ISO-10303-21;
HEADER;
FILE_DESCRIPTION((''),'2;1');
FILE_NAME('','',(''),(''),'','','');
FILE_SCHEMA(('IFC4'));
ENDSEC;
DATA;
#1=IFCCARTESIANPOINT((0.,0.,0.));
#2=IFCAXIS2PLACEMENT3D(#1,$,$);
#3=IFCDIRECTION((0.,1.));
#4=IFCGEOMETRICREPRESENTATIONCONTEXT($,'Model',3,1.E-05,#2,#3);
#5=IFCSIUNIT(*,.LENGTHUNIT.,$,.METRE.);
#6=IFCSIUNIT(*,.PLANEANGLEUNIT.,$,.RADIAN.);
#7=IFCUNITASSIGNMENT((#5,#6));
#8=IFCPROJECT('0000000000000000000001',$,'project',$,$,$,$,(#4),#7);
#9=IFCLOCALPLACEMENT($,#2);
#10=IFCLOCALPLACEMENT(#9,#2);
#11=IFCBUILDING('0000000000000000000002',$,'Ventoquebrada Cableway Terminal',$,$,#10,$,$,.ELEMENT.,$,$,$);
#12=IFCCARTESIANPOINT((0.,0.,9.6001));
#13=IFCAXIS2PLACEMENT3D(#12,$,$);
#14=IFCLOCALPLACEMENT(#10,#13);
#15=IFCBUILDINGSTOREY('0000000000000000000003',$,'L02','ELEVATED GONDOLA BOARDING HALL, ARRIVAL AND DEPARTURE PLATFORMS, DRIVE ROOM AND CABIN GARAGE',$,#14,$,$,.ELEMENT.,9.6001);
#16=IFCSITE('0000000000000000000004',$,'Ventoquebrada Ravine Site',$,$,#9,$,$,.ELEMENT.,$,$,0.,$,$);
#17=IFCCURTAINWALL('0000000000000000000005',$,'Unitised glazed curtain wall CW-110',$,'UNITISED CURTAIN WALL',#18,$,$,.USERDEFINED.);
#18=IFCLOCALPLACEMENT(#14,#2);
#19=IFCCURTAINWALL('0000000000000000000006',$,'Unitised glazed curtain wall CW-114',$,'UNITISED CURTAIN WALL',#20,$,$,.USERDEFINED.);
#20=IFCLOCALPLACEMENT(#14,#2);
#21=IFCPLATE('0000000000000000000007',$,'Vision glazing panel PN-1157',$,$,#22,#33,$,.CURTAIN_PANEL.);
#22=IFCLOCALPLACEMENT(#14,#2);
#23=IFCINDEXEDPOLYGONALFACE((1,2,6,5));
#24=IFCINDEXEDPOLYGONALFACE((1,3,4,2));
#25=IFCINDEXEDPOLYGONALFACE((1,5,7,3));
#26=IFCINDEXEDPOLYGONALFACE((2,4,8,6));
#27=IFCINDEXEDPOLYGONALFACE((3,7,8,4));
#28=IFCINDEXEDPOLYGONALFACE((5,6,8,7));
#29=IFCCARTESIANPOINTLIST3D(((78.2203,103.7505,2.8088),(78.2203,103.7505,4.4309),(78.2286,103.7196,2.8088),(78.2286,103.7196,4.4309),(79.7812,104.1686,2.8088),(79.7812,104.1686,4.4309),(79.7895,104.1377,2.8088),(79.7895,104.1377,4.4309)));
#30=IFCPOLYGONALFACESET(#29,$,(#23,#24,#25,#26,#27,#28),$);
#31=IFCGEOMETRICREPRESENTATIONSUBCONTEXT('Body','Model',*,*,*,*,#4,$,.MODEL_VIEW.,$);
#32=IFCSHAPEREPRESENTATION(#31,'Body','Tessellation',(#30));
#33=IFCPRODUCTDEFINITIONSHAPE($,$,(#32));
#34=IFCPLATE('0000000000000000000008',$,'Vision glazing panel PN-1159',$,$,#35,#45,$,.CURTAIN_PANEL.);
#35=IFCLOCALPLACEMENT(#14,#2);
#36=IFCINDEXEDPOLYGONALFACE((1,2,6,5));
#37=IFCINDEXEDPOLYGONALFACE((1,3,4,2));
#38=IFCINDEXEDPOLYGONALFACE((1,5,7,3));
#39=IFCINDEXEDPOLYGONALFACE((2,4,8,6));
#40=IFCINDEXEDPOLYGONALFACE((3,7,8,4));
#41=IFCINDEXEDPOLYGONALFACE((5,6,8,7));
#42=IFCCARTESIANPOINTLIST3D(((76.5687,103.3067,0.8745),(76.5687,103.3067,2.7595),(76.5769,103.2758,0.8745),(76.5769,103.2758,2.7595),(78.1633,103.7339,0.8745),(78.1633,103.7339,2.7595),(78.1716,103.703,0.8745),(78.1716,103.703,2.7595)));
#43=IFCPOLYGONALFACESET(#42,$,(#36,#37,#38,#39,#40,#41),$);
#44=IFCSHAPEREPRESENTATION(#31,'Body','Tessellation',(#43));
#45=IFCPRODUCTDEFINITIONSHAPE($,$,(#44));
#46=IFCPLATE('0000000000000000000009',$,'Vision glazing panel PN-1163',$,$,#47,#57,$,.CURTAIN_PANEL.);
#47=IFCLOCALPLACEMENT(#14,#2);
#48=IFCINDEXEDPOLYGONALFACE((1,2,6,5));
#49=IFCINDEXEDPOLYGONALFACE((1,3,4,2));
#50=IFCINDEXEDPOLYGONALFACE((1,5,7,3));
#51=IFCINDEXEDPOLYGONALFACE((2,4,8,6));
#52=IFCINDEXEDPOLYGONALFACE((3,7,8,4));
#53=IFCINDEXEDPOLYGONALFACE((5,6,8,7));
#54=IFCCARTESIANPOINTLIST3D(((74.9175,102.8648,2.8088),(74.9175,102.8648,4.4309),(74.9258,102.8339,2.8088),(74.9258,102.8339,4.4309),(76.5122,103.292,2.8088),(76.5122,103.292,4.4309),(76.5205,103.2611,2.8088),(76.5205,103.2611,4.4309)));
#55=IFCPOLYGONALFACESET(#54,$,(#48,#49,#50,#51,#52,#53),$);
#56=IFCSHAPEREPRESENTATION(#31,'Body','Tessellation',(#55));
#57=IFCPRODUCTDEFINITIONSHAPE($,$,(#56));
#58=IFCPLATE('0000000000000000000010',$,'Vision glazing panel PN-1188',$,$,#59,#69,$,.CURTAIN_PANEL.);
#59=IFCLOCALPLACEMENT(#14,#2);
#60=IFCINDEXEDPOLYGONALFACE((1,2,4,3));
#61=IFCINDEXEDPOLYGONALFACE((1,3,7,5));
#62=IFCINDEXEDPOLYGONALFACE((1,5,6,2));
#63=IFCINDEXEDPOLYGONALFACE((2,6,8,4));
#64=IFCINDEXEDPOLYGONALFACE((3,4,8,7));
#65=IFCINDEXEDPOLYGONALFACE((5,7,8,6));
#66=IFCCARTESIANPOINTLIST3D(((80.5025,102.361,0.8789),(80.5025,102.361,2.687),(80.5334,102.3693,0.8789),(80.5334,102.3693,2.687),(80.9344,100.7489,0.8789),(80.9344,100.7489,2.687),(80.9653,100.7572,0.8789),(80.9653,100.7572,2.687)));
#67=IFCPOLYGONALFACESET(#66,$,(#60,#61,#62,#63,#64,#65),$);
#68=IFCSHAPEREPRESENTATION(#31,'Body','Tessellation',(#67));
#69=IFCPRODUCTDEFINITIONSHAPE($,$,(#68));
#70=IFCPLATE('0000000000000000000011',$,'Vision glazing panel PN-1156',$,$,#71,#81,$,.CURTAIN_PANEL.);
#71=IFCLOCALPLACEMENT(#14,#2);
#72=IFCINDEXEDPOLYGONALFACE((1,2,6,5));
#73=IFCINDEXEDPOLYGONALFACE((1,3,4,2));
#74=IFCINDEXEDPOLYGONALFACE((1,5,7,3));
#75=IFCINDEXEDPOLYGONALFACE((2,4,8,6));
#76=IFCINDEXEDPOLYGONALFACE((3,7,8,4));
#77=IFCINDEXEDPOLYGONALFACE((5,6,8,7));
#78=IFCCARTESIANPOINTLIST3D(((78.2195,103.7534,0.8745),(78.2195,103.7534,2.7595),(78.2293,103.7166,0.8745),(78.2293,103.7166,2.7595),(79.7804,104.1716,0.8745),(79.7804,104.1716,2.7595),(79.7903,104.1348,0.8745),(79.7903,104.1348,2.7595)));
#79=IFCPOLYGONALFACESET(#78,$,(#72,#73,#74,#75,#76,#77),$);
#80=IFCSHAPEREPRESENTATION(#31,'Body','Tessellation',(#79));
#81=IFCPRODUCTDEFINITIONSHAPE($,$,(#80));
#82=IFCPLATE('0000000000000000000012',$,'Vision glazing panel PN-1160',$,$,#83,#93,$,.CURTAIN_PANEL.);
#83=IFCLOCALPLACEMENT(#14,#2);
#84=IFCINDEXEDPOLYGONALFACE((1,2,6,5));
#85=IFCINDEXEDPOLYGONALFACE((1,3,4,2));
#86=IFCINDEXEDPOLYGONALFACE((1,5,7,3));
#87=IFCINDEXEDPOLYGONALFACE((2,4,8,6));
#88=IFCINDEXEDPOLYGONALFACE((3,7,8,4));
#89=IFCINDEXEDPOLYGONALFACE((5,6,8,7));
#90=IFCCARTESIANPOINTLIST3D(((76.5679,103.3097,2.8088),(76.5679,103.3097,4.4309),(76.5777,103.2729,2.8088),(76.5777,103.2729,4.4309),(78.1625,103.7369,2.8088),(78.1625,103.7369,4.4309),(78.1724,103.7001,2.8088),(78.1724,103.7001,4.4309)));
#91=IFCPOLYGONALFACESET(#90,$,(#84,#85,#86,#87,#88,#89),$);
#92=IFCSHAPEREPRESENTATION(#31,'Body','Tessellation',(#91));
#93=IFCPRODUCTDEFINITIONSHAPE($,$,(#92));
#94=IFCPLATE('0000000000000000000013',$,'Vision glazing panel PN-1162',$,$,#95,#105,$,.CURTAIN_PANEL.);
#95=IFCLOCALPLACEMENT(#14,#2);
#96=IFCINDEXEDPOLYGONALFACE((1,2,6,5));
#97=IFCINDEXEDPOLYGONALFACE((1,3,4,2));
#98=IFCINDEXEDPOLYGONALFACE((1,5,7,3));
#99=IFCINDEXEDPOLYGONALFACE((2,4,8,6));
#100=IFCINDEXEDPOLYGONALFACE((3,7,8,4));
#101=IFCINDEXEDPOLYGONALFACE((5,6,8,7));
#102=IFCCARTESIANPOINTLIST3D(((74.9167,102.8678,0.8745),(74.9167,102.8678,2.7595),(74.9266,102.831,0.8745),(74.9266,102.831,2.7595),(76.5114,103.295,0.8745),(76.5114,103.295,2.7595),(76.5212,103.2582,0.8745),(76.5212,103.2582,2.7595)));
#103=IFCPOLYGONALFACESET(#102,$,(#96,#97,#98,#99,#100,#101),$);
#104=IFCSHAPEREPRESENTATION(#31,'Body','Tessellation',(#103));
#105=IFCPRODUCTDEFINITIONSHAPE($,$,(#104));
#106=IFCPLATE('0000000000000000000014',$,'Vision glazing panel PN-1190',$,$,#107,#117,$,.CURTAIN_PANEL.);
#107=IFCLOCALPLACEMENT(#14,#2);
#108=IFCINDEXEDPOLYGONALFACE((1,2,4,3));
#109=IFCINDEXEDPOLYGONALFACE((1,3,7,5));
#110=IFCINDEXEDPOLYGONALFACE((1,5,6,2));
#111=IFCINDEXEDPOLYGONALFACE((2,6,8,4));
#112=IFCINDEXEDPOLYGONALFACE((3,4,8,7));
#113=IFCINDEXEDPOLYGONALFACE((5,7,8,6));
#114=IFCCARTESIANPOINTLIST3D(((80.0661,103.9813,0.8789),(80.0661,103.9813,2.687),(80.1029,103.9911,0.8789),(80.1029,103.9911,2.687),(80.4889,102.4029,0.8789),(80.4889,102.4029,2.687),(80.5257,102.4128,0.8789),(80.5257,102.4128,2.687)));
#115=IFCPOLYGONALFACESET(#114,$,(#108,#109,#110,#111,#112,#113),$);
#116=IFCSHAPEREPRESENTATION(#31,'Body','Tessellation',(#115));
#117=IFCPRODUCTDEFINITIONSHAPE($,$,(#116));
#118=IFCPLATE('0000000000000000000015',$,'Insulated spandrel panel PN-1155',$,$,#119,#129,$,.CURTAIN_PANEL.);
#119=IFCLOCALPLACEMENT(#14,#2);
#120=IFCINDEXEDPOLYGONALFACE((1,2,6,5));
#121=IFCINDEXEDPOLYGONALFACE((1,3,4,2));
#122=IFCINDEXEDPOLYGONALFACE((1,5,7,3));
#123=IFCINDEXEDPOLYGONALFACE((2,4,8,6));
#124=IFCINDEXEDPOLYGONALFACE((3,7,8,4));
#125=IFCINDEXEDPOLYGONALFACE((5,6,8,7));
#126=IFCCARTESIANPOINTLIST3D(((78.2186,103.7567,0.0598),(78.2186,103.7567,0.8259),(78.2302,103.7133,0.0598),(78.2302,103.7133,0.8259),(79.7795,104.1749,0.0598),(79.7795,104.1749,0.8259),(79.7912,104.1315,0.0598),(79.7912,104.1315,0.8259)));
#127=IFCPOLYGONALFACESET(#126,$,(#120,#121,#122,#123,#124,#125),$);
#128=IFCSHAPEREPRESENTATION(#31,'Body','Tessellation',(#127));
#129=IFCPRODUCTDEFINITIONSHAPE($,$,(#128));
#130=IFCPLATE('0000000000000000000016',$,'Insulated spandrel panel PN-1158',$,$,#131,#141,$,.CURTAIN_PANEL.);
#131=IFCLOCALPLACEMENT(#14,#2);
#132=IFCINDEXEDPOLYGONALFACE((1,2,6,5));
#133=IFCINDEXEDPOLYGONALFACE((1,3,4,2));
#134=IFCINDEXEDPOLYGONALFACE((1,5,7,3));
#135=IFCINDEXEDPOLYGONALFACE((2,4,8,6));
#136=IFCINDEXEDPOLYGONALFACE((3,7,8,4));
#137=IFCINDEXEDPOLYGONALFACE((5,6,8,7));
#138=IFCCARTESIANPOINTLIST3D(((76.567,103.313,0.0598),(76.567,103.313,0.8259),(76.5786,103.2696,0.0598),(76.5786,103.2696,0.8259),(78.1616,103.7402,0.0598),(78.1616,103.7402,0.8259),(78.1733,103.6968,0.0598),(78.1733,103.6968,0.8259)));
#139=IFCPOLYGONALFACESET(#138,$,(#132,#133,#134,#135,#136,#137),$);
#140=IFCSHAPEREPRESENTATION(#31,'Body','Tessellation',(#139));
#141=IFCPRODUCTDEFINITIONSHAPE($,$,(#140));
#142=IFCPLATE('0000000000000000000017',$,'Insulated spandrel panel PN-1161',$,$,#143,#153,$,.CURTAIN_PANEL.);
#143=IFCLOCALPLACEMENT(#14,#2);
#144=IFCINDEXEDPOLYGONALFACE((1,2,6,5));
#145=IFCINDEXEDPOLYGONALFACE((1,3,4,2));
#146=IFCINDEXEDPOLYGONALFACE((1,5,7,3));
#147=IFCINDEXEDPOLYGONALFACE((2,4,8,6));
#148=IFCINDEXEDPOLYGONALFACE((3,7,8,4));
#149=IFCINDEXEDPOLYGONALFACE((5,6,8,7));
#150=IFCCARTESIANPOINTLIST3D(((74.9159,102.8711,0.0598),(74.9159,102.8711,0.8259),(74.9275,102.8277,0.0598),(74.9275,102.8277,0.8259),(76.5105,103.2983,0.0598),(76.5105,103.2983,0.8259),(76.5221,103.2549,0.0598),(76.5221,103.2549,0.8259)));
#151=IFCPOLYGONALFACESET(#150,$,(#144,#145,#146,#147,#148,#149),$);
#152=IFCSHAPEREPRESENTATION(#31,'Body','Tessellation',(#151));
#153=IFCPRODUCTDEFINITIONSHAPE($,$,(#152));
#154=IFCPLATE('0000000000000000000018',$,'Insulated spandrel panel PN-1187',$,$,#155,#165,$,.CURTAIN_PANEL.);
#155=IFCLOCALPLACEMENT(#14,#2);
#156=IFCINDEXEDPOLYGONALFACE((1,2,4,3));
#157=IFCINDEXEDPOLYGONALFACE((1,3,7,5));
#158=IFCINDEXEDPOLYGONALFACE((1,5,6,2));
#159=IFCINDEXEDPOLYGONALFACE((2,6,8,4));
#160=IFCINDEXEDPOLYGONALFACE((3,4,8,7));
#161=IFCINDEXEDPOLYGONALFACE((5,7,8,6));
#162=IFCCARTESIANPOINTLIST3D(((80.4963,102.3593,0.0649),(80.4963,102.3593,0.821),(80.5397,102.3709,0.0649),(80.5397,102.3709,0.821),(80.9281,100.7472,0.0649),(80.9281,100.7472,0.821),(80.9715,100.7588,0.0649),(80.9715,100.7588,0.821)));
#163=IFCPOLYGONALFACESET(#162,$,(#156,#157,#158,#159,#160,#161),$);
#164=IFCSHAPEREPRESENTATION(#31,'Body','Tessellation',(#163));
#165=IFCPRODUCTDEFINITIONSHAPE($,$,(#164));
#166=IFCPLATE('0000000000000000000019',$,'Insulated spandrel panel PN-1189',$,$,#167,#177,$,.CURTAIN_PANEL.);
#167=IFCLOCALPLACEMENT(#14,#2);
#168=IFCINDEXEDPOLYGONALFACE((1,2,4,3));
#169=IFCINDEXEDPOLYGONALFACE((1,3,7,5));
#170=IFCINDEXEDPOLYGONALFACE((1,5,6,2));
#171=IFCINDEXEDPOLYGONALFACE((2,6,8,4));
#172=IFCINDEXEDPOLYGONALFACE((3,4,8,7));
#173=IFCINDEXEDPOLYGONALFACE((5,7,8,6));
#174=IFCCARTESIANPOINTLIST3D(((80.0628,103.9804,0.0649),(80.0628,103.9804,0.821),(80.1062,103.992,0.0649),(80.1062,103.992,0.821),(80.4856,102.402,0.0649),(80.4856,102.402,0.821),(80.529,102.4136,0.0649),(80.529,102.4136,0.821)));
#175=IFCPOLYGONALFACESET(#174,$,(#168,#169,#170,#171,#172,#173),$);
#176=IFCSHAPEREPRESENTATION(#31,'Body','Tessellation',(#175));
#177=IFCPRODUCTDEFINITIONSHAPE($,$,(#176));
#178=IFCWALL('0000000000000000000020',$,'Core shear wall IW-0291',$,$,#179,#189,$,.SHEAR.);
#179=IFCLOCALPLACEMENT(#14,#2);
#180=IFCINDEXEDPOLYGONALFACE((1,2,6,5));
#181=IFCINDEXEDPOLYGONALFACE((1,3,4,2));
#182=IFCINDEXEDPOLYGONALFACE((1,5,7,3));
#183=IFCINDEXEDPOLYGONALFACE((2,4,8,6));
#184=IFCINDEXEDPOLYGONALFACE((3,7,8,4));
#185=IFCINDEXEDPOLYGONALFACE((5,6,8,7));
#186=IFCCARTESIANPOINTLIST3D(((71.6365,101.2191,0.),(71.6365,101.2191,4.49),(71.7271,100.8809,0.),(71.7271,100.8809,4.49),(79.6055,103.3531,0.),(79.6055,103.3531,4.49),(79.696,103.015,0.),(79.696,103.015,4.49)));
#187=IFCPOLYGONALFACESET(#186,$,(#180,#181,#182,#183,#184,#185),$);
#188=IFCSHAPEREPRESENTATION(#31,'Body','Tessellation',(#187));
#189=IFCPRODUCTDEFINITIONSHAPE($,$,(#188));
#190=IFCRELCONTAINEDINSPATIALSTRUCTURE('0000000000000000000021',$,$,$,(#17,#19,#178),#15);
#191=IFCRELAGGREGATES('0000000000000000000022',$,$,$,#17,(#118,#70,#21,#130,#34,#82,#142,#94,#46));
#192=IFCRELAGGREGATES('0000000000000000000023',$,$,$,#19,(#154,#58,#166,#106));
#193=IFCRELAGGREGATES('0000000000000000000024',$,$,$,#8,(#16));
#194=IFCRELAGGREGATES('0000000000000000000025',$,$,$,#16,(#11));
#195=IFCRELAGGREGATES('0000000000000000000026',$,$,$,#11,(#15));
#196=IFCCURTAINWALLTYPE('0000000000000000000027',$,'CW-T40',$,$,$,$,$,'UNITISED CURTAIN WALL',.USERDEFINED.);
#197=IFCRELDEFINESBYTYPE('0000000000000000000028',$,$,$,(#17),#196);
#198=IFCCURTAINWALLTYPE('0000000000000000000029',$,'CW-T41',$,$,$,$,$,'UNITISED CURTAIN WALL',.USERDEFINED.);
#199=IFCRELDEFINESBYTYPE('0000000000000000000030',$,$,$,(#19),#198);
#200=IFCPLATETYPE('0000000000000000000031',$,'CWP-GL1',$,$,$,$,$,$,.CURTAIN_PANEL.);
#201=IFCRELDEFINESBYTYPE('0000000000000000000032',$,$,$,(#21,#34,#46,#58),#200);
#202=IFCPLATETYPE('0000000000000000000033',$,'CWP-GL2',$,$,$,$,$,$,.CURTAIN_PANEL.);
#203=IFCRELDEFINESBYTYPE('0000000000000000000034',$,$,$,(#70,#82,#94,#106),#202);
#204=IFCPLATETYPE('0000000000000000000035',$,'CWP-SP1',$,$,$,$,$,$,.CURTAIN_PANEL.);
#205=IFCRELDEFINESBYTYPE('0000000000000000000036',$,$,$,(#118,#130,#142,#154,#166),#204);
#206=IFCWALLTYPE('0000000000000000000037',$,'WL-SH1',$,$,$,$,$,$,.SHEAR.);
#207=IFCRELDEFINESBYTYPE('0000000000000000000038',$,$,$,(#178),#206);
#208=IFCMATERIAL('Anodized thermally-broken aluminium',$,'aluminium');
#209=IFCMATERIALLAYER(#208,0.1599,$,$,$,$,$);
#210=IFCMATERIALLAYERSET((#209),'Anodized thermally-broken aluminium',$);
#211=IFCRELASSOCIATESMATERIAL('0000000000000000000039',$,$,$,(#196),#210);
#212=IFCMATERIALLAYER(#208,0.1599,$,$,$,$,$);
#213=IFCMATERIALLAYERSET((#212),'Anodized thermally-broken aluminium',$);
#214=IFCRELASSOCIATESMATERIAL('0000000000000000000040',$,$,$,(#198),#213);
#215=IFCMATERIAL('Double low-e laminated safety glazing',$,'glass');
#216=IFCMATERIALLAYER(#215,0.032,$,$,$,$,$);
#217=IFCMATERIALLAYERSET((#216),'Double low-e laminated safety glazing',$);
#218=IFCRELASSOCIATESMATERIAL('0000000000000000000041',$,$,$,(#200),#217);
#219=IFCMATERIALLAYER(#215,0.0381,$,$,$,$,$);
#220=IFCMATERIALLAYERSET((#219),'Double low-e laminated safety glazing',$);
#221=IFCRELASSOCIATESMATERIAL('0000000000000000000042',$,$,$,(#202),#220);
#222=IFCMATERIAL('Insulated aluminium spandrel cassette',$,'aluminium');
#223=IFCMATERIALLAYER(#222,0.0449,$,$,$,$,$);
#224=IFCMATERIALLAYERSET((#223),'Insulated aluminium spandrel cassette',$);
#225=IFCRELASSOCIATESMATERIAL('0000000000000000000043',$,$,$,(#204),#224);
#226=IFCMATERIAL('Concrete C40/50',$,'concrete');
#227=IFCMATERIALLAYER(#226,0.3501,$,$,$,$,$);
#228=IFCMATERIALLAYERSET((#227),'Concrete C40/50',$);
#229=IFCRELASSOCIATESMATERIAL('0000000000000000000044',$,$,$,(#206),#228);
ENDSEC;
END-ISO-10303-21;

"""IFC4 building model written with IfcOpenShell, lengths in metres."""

from ifc_helpers import new_model, si_unit, direction, frame, frame_2d, origin, origin_2d, place, context, subcontext, project, spatial, rectangle, extrude, material, layer, layer_set, type_object, element, aggregate, save


model = new_model("IFC4")

# Units and contexts
model_context = context("Model", 3, precision=1e-05, world=origin(), true_north=direction((0.0, 1.0)))
body_context = subcontext(model_context, "Body", "Model", "MODEL_VIEW")
ifc_project = project(units=[si_unit("LENGTHUNIT", "METRE"), si_unit("PLANEANGLEUNIT", "RADIAN")], contexts=[model_context])

# Site, building, storey
site_placement = place(None, origin())
site = spatial("IfcSite", under=ifc_project, at=site_placement, Name="Ventoquebrada Ravine Site", CompositionType="ELEMENT", RefElevation=0.0)
building_placement = place(site_placement, origin())
building = spatial("IfcBuilding", under=site, at=building_placement, Name="Ventoquebrada Cableway Terminal", CompositionType="ELEMENT")
storey_placement = place(building_placement, frame((0.0, 0.0, 9.6001)))
storey = spatial("IfcBuildingStorey", under=building, at=storey_placement, Name="L02", Description="ELEVATED GONDOLA BOARDING HALL, ARRIVAL AND DEPARTURE PLATFORMS, DRIVE ROOM AND CABIN GARAGE", CompositionType="ELEMENT", Elevation=9.6001)

# Curtain walls
ifc_material_1 = material(Name="Anodized thermally-broken aluminium", Category="aluminium")
ifc_layer_1 = layer(ifc_material_1, 0.1599)
ifc_layer_set_1 = layer_set([ifc_layer_1], Name="Anodized thermally-broken aluminium")
curtain_wall_type_1 = type_object("IfcCurtainWallType", Name="CW-T40", ElementType="UNITISED CURTAIN WALL", PredefinedType="USERDEFINED", material=ifc_layer_set_1)
curtain_wall_1_placement = place(storey_placement, origin())
curtain_wall_1 = element("IfcCurtainWall", 1, at=curtain_wall_1_placement, inside=storey, type_object=curtain_wall_type_1, Name="Unitised glazed curtain wall CW-110", ObjectType="UNITISED CURTAIN WALL", PredefinedType="USERDEFINED")
ifc_layer_2 = layer(ifc_material_1, 0.1599)
ifc_layer_set_2 = layer_set([ifc_layer_2], Name="Anodized thermally-broken aluminium")
curtain_wall_type_2 = type_object("IfcCurtainWallType", Name="CW-T41", ElementType="UNITISED CURTAIN WALL", PredefinedType="USERDEFINED", material=ifc_layer_set_2)
curtain_wall_2_placement = place(storey_placement, origin())
curtain_wall_2 = element("IfcCurtainWall", 2, at=curtain_wall_2_placement, inside=storey, type_object=curtain_wall_type_2, Name="Unitised glazed curtain wall CW-114", ObjectType="UNITISED CURTAIN WALL", PredefinedType="USERDEFINED")

# Plates
ifc_material_2 = material(Name="Double low-e laminated safety glazing", Category="glass")
ifc_layer_3 = layer(ifc_material_2, 0.032)
ifc_layer_set_3 = layer_set([ifc_layer_3], Name="Double low-e laminated safety glazing")
plate_type_1 = type_object("IfcPlateType", Name="CWP-GL1", PredefinedType="CURTAIN_PANEL", material=ifc_layer_set_3)
plate_1_placement = place(storey_placement, frame((79.0049, 103.9441, 2.8088), z_axis=(0.0, 0.0, 1.0), x_axis=(-0.965939, -0.258768, 0.0)))
plate_1 = element("IfcPlate", 3, at=plate_1_placement, type_object=plate_type_1, Name="Vision glazing panel PN-1157", PredefinedType="CURTAIN_PANEL", context=body_context, shape_type="SweptSolid", body=[
    extrude(rectangle(XDim=1.616, YDim=0.032, at=origin_2d()), origin(), (0.0, 0.0, 1.0), 1.6221),
])
plate_2_placement = place(storey_placement, frame((77.3701, 103.5049, 0.8745), z_axis=(0.0, 0.0, 1.0), x_axis=(-0.965939, -0.258768, 0.0)))
plate_2 = element("IfcPlate", 4, at=plate_2_placement, type_object=plate_type_1, Name="Vision glazing panel PN-1159", PredefinedType="CURTAIN_PANEL", context=body_context, shape_type="SweptSolid", body=[
    extrude(rectangle(XDim=1.6509, YDim=0.032, at=origin_2d()), origin(), (0.0, 0.0, 1.0), 1.885),
])
plate_3_placement = place(storey_placement, frame((75.719, 103.063, 2.8088), z_axis=(0.0, 0.0, 1.0), x_axis=(-0.965939, -0.258768, 0.0)))
plate_3 = element("IfcPlate", 5, at=plate_3_placement, type_object=plate_type_1, Name="Vision glazing panel PN-1163", PredefinedType="CURTAIN_PANEL", context=body_context, shape_type="SweptSolid", body=[
    extrude(rectangle(XDim=1.6509, YDim=0.032, at=origin_2d()), origin(), (0.0, 0.0, 1.0), 1.6221),
])
plate_4_placement = place(storey_placement, frame((80.7339, 101.5591, 0.8789), z_axis=(0.0, 0.0, 1.0), x_axis=(-0.258752, 0.965944, 0.0)))
plate_4 = element("IfcPlate", 6, at=plate_4_placement, type_object=plate_type_1, Name="Vision glazing panel PN-1188", PredefinedType="CURTAIN_PANEL", context=body_context, shape_type="SweptSolid", body=[
    extrude(rectangle(XDim=1.6689, YDim=0.032, at=origin_2d()), origin(), (0.0, 0.0, 1.0), 1.8081),
])
ifc_layer_4 = layer(ifc_material_2, 0.0381)
ifc_layer_set_4 = layer_set([ifc_layer_4], Name="Double low-e laminated safety glazing")
plate_type_2 = type_object("IfcPlateType", Name="CWP-GL2", PredefinedType="CURTAIN_PANEL", material=ifc_layer_set_4)
plate_5_placement = place(storey_placement, frame((79.0049, 103.9441, 0.8745), z_axis=(0.0, 0.0, 1.0), x_axis=(-0.965939, -0.258768, 0.0)))
plate_5 = element("IfcPlate", 7, at=plate_5_placement, type_object=plate_type_2, Name="Vision glazing panel PN-1156", PredefinedType="CURTAIN_PANEL", context=body_context, shape_type="SweptSolid", body=[
    extrude(rectangle(XDim=1.616, YDim=0.0381, at=origin_2d()), origin(), (0.0, 0.0, 1.0), 1.885),
])
plate_6_placement = place(storey_placement, frame((77.3701, 103.5049, 2.8088), z_axis=(0.0, 0.0, 1.0), x_axis=(-0.965939, -0.258768, 0.0)))
plate_6 = element("IfcPlate", 8, at=plate_6_placement, type_object=plate_type_2, Name="Vision glazing panel PN-1160", PredefinedType="CURTAIN_PANEL", context=body_context, shape_type="SweptSolid", body=[
    extrude(rectangle(XDim=1.6509, YDim=0.0381, at=origin_2d()), origin(), (0.0, 0.0, 1.0), 1.6221),
])
plate_7_placement = place(storey_placement, frame((75.719, 103.063, 0.8745), z_axis=(0.0, 0.0, 1.0), x_axis=(-0.965939, -0.258768, 0.0)))
plate_7 = element("IfcPlate", 9, at=plate_7_placement, type_object=plate_type_2, Name="Vision glazing panel PN-1162", PredefinedType="CURTAIN_PANEL", context=body_context, shape_type="SweptSolid", body=[
    extrude(rectangle(XDim=1.6509, YDim=0.0381, at=origin_2d()), origin(), (0.0, 0.0, 1.0), 1.885),
])
plate_8_placement = place(storey_placement, frame((80.2959, 103.197, 0.8789), z_axis=(0.0, 0.0, 1.0), x_axis=(-0.258752, 0.965944, 0.0)))
plate_8 = element("IfcPlate", 10, at=plate_8_placement, type_object=plate_type_2, Name="Vision glazing panel PN-1190", PredefinedType="CURTAIN_PANEL", context=body_context, shape_type="SweptSolid", body=[
    extrude(rectangle(XDim=1.634, YDim=0.0381, at=origin_2d()), origin(), (0.0, 0.0, 1.0), 1.8081),
])
ifc_material_3 = material(Name="Insulated aluminium spandrel cassette", Category="aluminium")
ifc_layer_5 = layer(ifc_material_3, 0.0449)
ifc_layer_set_5 = layer_set([ifc_layer_5], Name="Insulated aluminium spandrel cassette")
plate_type_3 = type_object("IfcPlateType", Name="CWP-SP1", PredefinedType="CURTAIN_PANEL", material=ifc_layer_set_5)
plate_9_placement = place(storey_placement, frame((79.0049, 103.9441, 0.0598), z_axis=(0.0, 0.0, 1.0), x_axis=(-0.965939, -0.258768, 0.0)))
plate_9 = element("IfcPlate", 11, at=plate_9_placement, type_object=plate_type_3, Name="Insulated spandrel panel PN-1155", PredefinedType="CURTAIN_PANEL", context=body_context, shape_type="SweptSolid", body=[
    extrude(rectangle(XDim=1.616, YDim=0.0449, at=origin_2d()), origin(), (0.0, 0.0, 1.0), 0.7661),
])
plate_10_placement = place(storey_placement, frame((77.3701, 103.5049, 0.0598), z_axis=(0.0, 0.0, 1.0), x_axis=(-0.965939, -0.258768, 0.0)))
plate_10 = element("IfcPlate", 12, at=plate_10_placement, type_object=plate_type_3, Name="Insulated spandrel panel PN-1158", PredefinedType="CURTAIN_PANEL", context=body_context, shape_type="SweptSolid", body=[
    extrude(rectangle(XDim=1.6509, YDim=0.0449, at=origin_2d()), origin(), (0.0, 0.0, 1.0), 0.7661),
])
plate_11_placement = place(storey_placement, frame((75.719, 103.063, 0.0598), z_axis=(0.0, 0.0, 1.0), x_axis=(-0.965939, -0.258768, 0.0)))
plate_11 = element("IfcPlate", 13, at=plate_11_placement, type_object=plate_type_3, Name="Insulated spandrel panel PN-1161", PredefinedType="CURTAIN_PANEL", context=body_context, shape_type="SweptSolid", body=[
    extrude(rectangle(XDim=1.6509, YDim=0.0449, at=origin_2d()), origin(), (0.0, 0.0, 1.0), 0.7661),
])
aggregate(curtain_wall_1, [plate_9, plate_5, plate_1, plate_10, plate_2, plate_6, plate_11, plate_7, plate_3])
plate_12_placement = place(storey_placement, frame((80.7339, 101.5591, 0.0649), z_axis=(0.0, 0.0, 1.0), x_axis=(-0.258752, 0.965944, 0.0)))
plate_12 = element("IfcPlate", 14, at=plate_12_placement, type_object=plate_type_3, Name="Insulated spandrel panel PN-1187", PredefinedType="CURTAIN_PANEL", context=body_context, shape_type="SweptSolid", body=[
    extrude(rectangle(XDim=1.6689, YDim=0.0449, at=origin_2d()), origin(), (0.0, 0.0, 1.0), 0.7561),
])
plate_13_placement = place(storey_placement, frame((80.2959, 103.197, 0.0649), z_axis=(0.0, 0.0, 1.0), x_axis=(-0.258752, 0.965944, 0.0)))
plate_13 = element("IfcPlate", 15, at=plate_13_placement, type_object=plate_type_3, Name="Insulated spandrel panel PN-1189", PredefinedType="CURTAIN_PANEL", context=body_context, shape_type="SweptSolid", body=[
    extrude(rectangle(XDim=1.634, YDim=0.0449, at=origin_2d()), origin(), (0.0, 0.0, 1.0), 0.7561),
])
aggregate(curtain_wall_2, [plate_12, plate_4, plate_13, plate_8])

# Wall
ifc_material_4 = material(Name="Concrete C40/50", Category="concrete")
ifc_layer_6 = layer(ifc_material_4, 0.3501)
ifc_layer_set_6 = layer_set([ifc_layer_6], Name="Concrete C40/50")
wall_type = type_object("IfcWallType", Name="WL-SH1", PredefinedType="SHEAR", material=ifc_layer_set_6)
wall_placement = place(storey_placement, frame((79.6509, 103.1841, 0.0), z_axis=(0.0, 0.0, 1.0), x_axis=(-0.965964, -0.258677, 0.0)))
element("IfcWall", 16, at=wall_placement, inside=storey, type_object=wall_type, Name="Core shear wall IW-0291", PredefinedType="SHEAR", context=body_context, shape_type="SweptSolid", body=[
    extrude(rectangle(XDim=8.2498, YDim=0.3501, at=frame_2d((4.125, 0.0))), origin(), (0.0, 0.0, 1.0), 4.49),
])

save(model, "model.ifc")
